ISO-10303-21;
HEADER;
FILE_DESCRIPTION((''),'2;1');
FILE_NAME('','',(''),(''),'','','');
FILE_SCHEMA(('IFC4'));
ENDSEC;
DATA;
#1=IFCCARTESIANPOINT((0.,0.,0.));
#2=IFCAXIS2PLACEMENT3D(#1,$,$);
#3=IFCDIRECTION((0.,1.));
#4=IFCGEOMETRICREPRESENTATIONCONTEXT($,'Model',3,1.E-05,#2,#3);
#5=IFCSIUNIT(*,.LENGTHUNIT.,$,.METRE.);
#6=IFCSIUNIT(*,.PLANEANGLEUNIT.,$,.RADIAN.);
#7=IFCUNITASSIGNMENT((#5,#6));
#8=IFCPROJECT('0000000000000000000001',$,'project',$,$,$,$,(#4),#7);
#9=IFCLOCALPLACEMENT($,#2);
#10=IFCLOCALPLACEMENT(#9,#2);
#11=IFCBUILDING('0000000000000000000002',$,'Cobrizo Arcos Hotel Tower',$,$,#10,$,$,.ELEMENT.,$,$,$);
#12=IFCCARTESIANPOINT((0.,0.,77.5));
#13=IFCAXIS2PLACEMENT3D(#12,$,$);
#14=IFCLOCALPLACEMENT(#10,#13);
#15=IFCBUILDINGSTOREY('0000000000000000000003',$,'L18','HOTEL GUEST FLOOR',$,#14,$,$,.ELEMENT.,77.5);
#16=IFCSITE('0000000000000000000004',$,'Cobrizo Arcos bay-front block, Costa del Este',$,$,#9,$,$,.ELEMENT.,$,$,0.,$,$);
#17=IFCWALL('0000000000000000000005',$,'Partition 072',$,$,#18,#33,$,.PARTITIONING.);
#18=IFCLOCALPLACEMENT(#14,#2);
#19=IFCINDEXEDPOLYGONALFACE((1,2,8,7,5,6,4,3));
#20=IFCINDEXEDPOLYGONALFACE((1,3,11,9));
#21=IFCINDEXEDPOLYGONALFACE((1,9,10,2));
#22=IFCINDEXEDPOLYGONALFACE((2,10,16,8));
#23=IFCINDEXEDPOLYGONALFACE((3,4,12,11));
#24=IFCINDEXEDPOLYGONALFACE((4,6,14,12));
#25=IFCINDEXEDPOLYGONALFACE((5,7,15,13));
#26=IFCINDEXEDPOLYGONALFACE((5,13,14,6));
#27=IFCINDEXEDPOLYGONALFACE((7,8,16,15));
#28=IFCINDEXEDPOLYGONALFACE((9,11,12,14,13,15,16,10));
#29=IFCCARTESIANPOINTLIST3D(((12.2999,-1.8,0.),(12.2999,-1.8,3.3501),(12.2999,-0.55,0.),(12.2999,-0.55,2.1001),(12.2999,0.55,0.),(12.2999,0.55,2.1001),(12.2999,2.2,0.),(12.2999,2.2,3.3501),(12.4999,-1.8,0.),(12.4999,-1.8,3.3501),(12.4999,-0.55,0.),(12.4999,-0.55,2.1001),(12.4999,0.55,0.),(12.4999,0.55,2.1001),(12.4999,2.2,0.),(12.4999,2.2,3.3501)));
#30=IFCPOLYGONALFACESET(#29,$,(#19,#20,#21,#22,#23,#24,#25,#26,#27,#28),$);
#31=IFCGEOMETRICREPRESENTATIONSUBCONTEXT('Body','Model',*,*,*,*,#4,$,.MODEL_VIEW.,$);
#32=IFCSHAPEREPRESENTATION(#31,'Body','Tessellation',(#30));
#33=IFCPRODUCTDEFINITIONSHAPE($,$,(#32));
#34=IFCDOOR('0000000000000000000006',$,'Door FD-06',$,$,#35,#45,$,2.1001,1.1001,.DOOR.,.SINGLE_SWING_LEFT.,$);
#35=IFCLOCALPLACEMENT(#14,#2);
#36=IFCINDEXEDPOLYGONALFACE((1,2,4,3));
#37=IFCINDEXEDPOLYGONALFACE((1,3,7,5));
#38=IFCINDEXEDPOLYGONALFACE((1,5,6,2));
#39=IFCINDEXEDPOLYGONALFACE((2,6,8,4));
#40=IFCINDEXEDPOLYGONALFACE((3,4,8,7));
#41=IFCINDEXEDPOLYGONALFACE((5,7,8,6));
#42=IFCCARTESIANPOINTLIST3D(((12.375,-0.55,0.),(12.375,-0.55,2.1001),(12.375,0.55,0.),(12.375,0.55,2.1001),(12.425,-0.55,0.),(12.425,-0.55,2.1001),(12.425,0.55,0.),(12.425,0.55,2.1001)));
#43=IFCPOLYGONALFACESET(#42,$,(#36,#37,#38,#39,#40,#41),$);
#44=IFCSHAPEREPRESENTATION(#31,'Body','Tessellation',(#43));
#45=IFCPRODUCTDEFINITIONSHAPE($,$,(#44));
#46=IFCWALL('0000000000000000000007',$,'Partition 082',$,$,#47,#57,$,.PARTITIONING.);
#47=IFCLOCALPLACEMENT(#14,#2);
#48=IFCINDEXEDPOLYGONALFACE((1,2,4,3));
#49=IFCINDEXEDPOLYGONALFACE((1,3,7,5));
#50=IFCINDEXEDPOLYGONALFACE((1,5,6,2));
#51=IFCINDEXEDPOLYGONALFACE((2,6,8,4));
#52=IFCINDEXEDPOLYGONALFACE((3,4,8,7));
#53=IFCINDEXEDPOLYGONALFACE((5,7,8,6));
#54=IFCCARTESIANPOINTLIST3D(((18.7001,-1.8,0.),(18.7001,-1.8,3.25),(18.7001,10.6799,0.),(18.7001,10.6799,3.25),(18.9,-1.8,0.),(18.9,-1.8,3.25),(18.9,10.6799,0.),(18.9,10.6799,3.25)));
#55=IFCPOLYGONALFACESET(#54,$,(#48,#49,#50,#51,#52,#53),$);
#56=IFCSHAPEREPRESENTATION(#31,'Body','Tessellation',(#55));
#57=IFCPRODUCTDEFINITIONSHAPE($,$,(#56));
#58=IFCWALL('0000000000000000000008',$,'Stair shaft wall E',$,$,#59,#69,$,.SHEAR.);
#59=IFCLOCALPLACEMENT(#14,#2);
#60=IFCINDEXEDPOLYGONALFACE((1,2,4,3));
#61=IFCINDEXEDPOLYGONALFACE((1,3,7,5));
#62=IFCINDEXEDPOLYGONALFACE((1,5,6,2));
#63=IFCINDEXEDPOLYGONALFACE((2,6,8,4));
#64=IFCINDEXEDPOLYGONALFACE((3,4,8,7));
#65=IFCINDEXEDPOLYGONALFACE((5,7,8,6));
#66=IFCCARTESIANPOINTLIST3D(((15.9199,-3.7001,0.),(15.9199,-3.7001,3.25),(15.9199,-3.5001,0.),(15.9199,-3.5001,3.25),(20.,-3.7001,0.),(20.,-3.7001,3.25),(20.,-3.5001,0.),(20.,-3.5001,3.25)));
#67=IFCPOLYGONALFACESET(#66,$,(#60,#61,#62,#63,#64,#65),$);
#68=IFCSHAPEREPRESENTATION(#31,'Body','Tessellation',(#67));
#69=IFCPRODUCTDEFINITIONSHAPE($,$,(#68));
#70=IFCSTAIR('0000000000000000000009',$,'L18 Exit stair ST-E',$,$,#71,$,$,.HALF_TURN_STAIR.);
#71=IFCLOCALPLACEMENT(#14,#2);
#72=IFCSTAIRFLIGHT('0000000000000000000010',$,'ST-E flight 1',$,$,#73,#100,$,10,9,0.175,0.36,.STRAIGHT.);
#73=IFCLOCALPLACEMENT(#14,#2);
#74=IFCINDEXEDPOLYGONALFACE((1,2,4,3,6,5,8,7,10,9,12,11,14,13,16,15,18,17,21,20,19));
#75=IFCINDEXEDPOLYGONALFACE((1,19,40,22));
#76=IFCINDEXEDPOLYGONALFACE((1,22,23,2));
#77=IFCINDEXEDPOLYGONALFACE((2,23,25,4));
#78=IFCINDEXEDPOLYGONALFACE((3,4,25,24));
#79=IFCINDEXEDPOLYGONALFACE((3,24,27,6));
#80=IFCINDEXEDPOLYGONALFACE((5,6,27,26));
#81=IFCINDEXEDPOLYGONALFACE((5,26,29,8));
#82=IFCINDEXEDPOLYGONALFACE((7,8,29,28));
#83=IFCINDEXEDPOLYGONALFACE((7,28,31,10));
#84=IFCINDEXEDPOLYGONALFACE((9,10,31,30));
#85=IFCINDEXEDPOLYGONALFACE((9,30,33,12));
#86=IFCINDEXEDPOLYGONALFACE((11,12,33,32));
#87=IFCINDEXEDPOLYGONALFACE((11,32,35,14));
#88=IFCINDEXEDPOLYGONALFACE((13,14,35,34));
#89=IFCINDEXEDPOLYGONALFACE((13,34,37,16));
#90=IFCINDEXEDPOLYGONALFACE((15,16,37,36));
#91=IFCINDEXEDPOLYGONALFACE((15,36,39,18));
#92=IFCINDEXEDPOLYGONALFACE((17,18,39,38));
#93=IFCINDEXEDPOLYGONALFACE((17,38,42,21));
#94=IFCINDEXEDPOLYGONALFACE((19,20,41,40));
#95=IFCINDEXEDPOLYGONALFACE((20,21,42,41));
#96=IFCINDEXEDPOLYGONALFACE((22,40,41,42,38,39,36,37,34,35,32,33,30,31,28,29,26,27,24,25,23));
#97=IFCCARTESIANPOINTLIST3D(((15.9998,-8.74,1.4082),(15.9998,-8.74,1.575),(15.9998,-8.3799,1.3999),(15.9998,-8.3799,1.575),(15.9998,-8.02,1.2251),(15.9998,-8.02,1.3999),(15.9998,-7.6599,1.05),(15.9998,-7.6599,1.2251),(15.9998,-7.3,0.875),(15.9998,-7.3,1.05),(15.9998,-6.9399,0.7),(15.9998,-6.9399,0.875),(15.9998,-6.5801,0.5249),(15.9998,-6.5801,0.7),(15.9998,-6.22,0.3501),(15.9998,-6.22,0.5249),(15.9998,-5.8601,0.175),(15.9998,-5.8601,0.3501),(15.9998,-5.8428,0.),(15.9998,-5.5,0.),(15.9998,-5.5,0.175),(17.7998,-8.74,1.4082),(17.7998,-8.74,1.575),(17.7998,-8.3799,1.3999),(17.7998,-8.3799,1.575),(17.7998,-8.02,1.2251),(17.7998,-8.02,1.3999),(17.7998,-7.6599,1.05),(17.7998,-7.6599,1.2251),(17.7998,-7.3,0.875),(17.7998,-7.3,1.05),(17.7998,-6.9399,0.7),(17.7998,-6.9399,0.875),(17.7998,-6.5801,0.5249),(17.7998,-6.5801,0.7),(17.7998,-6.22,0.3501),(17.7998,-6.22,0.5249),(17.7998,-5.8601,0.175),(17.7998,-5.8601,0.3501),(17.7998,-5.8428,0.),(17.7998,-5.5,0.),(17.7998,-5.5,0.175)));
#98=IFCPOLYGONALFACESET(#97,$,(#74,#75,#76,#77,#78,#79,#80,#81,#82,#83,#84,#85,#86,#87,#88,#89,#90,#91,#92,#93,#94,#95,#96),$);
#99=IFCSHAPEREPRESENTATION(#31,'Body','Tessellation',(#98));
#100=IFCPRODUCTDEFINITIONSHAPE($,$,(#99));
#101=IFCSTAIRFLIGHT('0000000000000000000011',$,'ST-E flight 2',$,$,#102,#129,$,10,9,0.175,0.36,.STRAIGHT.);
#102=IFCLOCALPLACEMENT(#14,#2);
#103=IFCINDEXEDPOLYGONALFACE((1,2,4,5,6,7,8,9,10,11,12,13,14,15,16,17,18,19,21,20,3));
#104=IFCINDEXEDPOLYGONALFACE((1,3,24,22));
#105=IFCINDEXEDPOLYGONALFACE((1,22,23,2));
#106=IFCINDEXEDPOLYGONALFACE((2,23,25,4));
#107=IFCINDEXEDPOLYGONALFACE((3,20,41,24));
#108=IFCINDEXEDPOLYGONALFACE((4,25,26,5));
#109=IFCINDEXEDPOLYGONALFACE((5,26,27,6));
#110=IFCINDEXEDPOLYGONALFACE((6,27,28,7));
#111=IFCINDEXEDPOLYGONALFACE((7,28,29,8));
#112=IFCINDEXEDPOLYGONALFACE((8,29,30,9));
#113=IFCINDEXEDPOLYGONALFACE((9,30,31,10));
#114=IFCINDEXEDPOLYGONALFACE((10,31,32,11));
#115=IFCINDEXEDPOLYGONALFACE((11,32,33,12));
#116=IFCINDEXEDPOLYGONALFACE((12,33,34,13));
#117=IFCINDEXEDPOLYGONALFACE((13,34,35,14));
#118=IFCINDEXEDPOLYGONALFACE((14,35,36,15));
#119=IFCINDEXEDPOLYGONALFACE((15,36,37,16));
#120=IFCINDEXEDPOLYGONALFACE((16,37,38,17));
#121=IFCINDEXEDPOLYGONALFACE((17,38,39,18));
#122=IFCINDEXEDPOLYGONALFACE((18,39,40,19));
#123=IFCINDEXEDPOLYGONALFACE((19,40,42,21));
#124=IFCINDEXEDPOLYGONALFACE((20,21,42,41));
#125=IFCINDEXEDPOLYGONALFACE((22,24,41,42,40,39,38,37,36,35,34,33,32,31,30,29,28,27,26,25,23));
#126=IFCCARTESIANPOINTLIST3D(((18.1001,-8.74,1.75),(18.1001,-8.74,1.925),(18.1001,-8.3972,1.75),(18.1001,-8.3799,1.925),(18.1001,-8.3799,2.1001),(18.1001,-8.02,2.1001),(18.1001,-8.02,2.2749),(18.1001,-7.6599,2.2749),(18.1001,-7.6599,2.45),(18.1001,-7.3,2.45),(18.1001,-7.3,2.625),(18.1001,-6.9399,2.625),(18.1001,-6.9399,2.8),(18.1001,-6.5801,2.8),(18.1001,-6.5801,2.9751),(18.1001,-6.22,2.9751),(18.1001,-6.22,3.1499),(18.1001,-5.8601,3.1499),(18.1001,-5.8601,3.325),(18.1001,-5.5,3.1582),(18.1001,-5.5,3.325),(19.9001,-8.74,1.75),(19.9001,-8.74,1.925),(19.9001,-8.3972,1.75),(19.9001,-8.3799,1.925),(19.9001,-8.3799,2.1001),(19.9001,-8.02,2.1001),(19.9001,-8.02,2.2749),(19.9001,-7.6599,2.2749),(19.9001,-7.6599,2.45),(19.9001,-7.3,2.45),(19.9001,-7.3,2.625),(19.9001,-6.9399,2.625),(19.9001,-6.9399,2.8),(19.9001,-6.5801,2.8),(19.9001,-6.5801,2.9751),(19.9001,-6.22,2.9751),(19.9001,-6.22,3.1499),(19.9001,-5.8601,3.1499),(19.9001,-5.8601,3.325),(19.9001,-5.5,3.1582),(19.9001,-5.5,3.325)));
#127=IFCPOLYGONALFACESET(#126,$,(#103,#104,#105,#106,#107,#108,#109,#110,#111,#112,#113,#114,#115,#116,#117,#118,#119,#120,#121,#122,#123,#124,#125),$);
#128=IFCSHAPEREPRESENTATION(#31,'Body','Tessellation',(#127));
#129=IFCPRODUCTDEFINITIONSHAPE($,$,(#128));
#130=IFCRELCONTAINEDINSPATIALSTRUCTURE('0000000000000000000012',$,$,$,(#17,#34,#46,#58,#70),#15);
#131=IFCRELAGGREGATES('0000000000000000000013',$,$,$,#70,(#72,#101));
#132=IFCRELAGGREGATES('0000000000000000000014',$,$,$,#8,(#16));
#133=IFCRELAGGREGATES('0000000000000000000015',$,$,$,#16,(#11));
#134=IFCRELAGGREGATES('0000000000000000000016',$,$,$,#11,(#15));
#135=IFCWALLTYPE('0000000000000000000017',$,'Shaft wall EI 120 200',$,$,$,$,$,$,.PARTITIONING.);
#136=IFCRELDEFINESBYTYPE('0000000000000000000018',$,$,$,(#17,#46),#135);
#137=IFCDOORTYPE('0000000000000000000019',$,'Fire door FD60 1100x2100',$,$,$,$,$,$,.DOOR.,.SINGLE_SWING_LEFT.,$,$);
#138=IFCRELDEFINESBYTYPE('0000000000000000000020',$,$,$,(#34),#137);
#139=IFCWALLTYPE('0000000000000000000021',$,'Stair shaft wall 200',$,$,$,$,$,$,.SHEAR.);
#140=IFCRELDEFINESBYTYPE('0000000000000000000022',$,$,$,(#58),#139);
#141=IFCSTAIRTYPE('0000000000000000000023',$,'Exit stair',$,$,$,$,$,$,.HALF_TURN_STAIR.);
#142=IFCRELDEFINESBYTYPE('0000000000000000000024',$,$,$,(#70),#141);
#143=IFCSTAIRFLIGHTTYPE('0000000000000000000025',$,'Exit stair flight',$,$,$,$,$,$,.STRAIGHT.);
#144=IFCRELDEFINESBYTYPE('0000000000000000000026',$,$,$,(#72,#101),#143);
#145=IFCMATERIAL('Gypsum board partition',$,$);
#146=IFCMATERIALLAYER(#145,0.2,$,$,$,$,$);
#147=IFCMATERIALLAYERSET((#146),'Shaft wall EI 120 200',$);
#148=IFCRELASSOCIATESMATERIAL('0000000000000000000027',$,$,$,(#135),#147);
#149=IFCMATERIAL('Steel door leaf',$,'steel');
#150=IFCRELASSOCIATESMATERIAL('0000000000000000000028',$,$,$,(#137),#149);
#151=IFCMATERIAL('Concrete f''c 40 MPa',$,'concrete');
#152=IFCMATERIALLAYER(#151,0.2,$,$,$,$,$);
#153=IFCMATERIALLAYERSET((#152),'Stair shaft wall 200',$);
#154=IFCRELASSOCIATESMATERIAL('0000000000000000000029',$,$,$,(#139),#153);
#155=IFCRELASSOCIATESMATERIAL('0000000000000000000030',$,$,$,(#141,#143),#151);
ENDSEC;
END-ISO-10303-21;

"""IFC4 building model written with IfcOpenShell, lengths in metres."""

from ifc_helpers import new_model, si_unit, direction, frame, frame_2d, origin, place, context, subcontext, project, spatial, polyline, rectangle, outline, extrude, material, layer, layer_set, type_object, element, fill, aggregate, save


model = new_model("IFC4")

# Units and contexts
model_context = context("Model", 3, precision=1e-05, world=origin(), true_north=direction((0.0, 1.0)))
body_context = subcontext(model_context, "Body", "Model", "MODEL_VIEW")
ifc_project = project(units=[si_unit("LENGTHUNIT", "METRE"), si_unit("PLANEANGLEUNIT", "RADIAN")], contexts=[model_context])

# Site, building, storey
site_placement = place(None, origin())
site = spatial("IfcSite", under=ifc_project, at=site_placement, Name="Cobrizo Arcos bay-front block, Costa del Este", CompositionType="ELEMENT", RefElevation=0.0)
building_placement = place(site_placement, origin())
building = spatial("IfcBuilding", under=site, at=building_placement, Name="Cobrizo Arcos Hotel Tower", CompositionType="ELEMENT")
storey_placement = place(building_placement, frame((0.0, 0.0, 77.5)))
storey = spatial("IfcBuildingStorey", under=building, at=storey_placement, Name="L18", Description="HOTEL GUEST FLOOR", CompositionType="ELEMENT", Elevation=77.5)

# Shared definitions
ifc_material_1 = material(Name="Gypsum board partition")

# Wall, opening, door
ifc_layer_1 = layer(ifc_material_1, 0.2)
ifc_layer_set_1 = layer_set([ifc_layer_1], Name="Shaft wall EI 120 200")
wall_type_1 = type_object("IfcWallType", Name="Shaft wall EI 120 200", PredefinedType="PARTITIONING", material=ifc_layer_set_1)
ifc_material_2 = material(Name="Steel door leaf", Category="steel")
door_type_1 = type_object("IfcDoorType", Name="Fire door FD60 1100x2100", OperationType="SINGLE_SWING_LEFT", PredefinedType="DOOR", material=ifc_material_2)
wall_1_placement = place(storey_placement, frame((12.3999, -1.8, 0.0), z_axis=(0.0, 0.0, 1.0), x_axis=(0.0, 1.0, 0.0)))
wall_1 = element("IfcWall", 1, at=wall_1_placement, inside=storey, type_object=wall_type_1, Name="Partition 072", PredefinedType="PARTITIONING", context=body_context, shape_type="SweptSolid", body=[
    extrude(rectangle(XDim=4.0, YDim=0.2, at=frame_2d((2.0, 0.0))), origin(), (0.0, 0.0, 1.0), 3.3501),
])
opening_1_placement = place(wall_1_placement, frame((1.25, 0.0, 0.0)))
opening_1 = element("IfcOpeningElement", 2, at=opening_1_placement, cuts=wall_1, PredefinedType="OPENING", context=body_context, shape_type="SweptSolid", body=[
    extrude(rectangle(XDim=1.1001, YDim=2.1001, at=frame_2d((0.55, 1.05))), frame((0.0, 0.1121, 0.0), z_axis=(0.0, -1.0, 0.0), x_axis=(1.0, 0.0, 0.0)), (0.0, 0.0, 1.0), 0.2239),
])
door_1_placement = place(opening_1_placement, origin())
door_1 = element("IfcDoor", 3, at=door_1_placement, inside=storey, type_object=door_type_1, Name="Door FD-06", OperationType="SINGLE_SWING_LEFT", OverallHeight=2.1001, OverallWidth=1.1001, PredefinedType="DOOR", context=body_context, shape_type="SweptSolid", body=[
    extrude(rectangle(XDim=1.1001, YDim=2.1001, at=frame_2d((0.55, 1.05))), frame((0.0, 0.0249, 0.0), z_axis=(0.0, -1.0, 0.0), x_axis=(1.0, 0.0, 0.0)), (0.0, 0.0, 1.0), 0.05),
])
fill(opening_1, door_1)

# Walls
wall_2_placement = place(storey_placement, frame((18.8, -1.8, 0.0), z_axis=(0.0, 0.0, 1.0), x_axis=(0.0, 1.0, 0.0)))
element("IfcWall", 4, at=wall_2_placement, inside=storey, type_object=wall_type_1, Name="Partition 082", PredefinedType="PARTITIONING", context=body_context, shape_type="SweptSolid", body=[
    extrude(rectangle(XDim=12.48, YDim=0.2, at=frame_2d((6.24, 0.0))), origin(), (0.0, 0.0, 1.0), 3.25),
])
ifc_material_3 = material(Name="Concrete f'c 40 MPa", Category="concrete")
ifc_layer_2 = layer(ifc_material_3, 0.2)
ifc_layer_set_2 = layer_set([ifc_layer_2], Name="Stair shaft wall 200")
wall_type_2 = type_object("IfcWallType", Name="Stair shaft wall 200", PredefinedType="SHEAR", material=ifc_layer_set_2)
wall_3_placement = place(storey_placement, frame((15.9199, -3.6001, 0.0), z_axis=(0.0, 0.0, 1.0), x_axis=(1.0, 0.0, 0.0)))
element("IfcWall", 5, at=wall_3_placement, inside=storey, type_object=wall_type_2, Name="Stair shaft wall E", PredefinedType="SHEAR", context=body_context, shape_type="SweptSolid", body=[
    extrude(rectangle(XDim=4.0801, YDim=0.2, at=frame_2d((2.04, 0.0))), origin(), (0.0, 0.0, 1.0), 3.25),
])

# Stair, stair flights
stair_type = type_object("IfcStairType", Name="Exit stair", PredefinedType="HALF_TURN_STAIR", material=ifc_material_3)
stair_placement = place(storey_placement, origin())
stair = element("IfcStair", 6, at=stair_placement, inside=storey, type_object=stair_type, Name="L18 Exit stair ST-E", PredefinedType="HALF_TURN_STAIR")
stair_flight_type = type_object("IfcStairFlightType", Name="Exit stair flight", PredefinedType="STRAIGHT", material=ifc_material_3)
stair_flight_1_placement = place(storey_placement, frame((16.8999, -5.5, 0.0), z_axis=(0.0, 0.0, 1.0), x_axis=(0.0, -1.0, 0.0)))
stair_flight_1 = element("IfcStairFlight", 7, at=stair_flight_1_placement, type_object=stair_flight_type, Name="ST-E flight 1", NumberOfRisers=10, NumberOfTreads=9, PredefinedType="STRAIGHT", RiserHeight=0.175, TreadLength=0.36, context=body_context, shape_type="SweptSolid", body=[
    extrude(outline(polyline([(0.0, 0.0), (0.0, 0.175), (0.3601, 0.175), (0.3601, 0.3501), (0.72, 0.3501), (0.72, 0.5249), (1.0801, 0.5249), (1.0801, 0.7), (1.4399, 0.7), (1.4399, 0.875), (1.8, 0.875), (1.8, 1.05), (2.1599, 1.05), (2.1599, 1.2251), (2.52, 1.2251), (2.52, 1.3999), (2.8799, 1.3999), (2.8799, 1.575), (3.24, 1.575), (3.24, 1.75), (3.24, 1.4082), (0.3428, 0.0), (0.0, 0.0)])), frame((0.0, 0.8999, 0.0), z_axis=(0.0, -1.0, 0.0), x_axis=(1.0, 0.0, 0.0)), (0.0, 0.0, 1.0), 1.8),
])
stair_flight_2_placement = place(storey_placement, frame((19.0, -8.74, 1.75), z_axis=(0.0, 0.0, 1.0), x_axis=(0.0, 1.0, 0.0)))
stair_flight_2 = element("IfcStairFlight", 8, at=stair_flight_2_placement, type_object=stair_flight_type, Name="ST-E flight 2", NumberOfRisers=10, NumberOfTreads=9, PredefinedType="STRAIGHT", RiserHeight=0.175, TreadLength=0.36, context=body_context, shape_type="SweptSolid", body=[
    extrude(outline(polyline([(0.0, 0.0), (0.0, 0.175), (0.3601, 0.175), (0.3601, 0.3501), (0.72, 0.3501), (0.72, 0.5249), (1.0801, 0.5249), (1.0801, 0.7), (1.4399, 0.7), (1.4399, 0.875), (1.8, 0.875), (1.8, 1.05), (2.1599, 1.05), (2.1599, 1.2251), (2.52, 1.2251), (2.52, 1.3999), (2.8799, 1.3999), (2.8799, 1.575), (3.24, 1.575), (3.24, 1.75), (3.24, 1.4082), (0.3428, 0.0), (0.0, 0.0)])), frame((0.0, 0.8999, 0.0), z_axis=(0.0, -1.0, 0.0), x_axis=(1.0, 0.0, 0.0)), (0.0, 0.0, 1.0), 1.8),
])
aggregate(stair, [stair_flight_1, stair_flight_2])

save(model, "model.ifc")
